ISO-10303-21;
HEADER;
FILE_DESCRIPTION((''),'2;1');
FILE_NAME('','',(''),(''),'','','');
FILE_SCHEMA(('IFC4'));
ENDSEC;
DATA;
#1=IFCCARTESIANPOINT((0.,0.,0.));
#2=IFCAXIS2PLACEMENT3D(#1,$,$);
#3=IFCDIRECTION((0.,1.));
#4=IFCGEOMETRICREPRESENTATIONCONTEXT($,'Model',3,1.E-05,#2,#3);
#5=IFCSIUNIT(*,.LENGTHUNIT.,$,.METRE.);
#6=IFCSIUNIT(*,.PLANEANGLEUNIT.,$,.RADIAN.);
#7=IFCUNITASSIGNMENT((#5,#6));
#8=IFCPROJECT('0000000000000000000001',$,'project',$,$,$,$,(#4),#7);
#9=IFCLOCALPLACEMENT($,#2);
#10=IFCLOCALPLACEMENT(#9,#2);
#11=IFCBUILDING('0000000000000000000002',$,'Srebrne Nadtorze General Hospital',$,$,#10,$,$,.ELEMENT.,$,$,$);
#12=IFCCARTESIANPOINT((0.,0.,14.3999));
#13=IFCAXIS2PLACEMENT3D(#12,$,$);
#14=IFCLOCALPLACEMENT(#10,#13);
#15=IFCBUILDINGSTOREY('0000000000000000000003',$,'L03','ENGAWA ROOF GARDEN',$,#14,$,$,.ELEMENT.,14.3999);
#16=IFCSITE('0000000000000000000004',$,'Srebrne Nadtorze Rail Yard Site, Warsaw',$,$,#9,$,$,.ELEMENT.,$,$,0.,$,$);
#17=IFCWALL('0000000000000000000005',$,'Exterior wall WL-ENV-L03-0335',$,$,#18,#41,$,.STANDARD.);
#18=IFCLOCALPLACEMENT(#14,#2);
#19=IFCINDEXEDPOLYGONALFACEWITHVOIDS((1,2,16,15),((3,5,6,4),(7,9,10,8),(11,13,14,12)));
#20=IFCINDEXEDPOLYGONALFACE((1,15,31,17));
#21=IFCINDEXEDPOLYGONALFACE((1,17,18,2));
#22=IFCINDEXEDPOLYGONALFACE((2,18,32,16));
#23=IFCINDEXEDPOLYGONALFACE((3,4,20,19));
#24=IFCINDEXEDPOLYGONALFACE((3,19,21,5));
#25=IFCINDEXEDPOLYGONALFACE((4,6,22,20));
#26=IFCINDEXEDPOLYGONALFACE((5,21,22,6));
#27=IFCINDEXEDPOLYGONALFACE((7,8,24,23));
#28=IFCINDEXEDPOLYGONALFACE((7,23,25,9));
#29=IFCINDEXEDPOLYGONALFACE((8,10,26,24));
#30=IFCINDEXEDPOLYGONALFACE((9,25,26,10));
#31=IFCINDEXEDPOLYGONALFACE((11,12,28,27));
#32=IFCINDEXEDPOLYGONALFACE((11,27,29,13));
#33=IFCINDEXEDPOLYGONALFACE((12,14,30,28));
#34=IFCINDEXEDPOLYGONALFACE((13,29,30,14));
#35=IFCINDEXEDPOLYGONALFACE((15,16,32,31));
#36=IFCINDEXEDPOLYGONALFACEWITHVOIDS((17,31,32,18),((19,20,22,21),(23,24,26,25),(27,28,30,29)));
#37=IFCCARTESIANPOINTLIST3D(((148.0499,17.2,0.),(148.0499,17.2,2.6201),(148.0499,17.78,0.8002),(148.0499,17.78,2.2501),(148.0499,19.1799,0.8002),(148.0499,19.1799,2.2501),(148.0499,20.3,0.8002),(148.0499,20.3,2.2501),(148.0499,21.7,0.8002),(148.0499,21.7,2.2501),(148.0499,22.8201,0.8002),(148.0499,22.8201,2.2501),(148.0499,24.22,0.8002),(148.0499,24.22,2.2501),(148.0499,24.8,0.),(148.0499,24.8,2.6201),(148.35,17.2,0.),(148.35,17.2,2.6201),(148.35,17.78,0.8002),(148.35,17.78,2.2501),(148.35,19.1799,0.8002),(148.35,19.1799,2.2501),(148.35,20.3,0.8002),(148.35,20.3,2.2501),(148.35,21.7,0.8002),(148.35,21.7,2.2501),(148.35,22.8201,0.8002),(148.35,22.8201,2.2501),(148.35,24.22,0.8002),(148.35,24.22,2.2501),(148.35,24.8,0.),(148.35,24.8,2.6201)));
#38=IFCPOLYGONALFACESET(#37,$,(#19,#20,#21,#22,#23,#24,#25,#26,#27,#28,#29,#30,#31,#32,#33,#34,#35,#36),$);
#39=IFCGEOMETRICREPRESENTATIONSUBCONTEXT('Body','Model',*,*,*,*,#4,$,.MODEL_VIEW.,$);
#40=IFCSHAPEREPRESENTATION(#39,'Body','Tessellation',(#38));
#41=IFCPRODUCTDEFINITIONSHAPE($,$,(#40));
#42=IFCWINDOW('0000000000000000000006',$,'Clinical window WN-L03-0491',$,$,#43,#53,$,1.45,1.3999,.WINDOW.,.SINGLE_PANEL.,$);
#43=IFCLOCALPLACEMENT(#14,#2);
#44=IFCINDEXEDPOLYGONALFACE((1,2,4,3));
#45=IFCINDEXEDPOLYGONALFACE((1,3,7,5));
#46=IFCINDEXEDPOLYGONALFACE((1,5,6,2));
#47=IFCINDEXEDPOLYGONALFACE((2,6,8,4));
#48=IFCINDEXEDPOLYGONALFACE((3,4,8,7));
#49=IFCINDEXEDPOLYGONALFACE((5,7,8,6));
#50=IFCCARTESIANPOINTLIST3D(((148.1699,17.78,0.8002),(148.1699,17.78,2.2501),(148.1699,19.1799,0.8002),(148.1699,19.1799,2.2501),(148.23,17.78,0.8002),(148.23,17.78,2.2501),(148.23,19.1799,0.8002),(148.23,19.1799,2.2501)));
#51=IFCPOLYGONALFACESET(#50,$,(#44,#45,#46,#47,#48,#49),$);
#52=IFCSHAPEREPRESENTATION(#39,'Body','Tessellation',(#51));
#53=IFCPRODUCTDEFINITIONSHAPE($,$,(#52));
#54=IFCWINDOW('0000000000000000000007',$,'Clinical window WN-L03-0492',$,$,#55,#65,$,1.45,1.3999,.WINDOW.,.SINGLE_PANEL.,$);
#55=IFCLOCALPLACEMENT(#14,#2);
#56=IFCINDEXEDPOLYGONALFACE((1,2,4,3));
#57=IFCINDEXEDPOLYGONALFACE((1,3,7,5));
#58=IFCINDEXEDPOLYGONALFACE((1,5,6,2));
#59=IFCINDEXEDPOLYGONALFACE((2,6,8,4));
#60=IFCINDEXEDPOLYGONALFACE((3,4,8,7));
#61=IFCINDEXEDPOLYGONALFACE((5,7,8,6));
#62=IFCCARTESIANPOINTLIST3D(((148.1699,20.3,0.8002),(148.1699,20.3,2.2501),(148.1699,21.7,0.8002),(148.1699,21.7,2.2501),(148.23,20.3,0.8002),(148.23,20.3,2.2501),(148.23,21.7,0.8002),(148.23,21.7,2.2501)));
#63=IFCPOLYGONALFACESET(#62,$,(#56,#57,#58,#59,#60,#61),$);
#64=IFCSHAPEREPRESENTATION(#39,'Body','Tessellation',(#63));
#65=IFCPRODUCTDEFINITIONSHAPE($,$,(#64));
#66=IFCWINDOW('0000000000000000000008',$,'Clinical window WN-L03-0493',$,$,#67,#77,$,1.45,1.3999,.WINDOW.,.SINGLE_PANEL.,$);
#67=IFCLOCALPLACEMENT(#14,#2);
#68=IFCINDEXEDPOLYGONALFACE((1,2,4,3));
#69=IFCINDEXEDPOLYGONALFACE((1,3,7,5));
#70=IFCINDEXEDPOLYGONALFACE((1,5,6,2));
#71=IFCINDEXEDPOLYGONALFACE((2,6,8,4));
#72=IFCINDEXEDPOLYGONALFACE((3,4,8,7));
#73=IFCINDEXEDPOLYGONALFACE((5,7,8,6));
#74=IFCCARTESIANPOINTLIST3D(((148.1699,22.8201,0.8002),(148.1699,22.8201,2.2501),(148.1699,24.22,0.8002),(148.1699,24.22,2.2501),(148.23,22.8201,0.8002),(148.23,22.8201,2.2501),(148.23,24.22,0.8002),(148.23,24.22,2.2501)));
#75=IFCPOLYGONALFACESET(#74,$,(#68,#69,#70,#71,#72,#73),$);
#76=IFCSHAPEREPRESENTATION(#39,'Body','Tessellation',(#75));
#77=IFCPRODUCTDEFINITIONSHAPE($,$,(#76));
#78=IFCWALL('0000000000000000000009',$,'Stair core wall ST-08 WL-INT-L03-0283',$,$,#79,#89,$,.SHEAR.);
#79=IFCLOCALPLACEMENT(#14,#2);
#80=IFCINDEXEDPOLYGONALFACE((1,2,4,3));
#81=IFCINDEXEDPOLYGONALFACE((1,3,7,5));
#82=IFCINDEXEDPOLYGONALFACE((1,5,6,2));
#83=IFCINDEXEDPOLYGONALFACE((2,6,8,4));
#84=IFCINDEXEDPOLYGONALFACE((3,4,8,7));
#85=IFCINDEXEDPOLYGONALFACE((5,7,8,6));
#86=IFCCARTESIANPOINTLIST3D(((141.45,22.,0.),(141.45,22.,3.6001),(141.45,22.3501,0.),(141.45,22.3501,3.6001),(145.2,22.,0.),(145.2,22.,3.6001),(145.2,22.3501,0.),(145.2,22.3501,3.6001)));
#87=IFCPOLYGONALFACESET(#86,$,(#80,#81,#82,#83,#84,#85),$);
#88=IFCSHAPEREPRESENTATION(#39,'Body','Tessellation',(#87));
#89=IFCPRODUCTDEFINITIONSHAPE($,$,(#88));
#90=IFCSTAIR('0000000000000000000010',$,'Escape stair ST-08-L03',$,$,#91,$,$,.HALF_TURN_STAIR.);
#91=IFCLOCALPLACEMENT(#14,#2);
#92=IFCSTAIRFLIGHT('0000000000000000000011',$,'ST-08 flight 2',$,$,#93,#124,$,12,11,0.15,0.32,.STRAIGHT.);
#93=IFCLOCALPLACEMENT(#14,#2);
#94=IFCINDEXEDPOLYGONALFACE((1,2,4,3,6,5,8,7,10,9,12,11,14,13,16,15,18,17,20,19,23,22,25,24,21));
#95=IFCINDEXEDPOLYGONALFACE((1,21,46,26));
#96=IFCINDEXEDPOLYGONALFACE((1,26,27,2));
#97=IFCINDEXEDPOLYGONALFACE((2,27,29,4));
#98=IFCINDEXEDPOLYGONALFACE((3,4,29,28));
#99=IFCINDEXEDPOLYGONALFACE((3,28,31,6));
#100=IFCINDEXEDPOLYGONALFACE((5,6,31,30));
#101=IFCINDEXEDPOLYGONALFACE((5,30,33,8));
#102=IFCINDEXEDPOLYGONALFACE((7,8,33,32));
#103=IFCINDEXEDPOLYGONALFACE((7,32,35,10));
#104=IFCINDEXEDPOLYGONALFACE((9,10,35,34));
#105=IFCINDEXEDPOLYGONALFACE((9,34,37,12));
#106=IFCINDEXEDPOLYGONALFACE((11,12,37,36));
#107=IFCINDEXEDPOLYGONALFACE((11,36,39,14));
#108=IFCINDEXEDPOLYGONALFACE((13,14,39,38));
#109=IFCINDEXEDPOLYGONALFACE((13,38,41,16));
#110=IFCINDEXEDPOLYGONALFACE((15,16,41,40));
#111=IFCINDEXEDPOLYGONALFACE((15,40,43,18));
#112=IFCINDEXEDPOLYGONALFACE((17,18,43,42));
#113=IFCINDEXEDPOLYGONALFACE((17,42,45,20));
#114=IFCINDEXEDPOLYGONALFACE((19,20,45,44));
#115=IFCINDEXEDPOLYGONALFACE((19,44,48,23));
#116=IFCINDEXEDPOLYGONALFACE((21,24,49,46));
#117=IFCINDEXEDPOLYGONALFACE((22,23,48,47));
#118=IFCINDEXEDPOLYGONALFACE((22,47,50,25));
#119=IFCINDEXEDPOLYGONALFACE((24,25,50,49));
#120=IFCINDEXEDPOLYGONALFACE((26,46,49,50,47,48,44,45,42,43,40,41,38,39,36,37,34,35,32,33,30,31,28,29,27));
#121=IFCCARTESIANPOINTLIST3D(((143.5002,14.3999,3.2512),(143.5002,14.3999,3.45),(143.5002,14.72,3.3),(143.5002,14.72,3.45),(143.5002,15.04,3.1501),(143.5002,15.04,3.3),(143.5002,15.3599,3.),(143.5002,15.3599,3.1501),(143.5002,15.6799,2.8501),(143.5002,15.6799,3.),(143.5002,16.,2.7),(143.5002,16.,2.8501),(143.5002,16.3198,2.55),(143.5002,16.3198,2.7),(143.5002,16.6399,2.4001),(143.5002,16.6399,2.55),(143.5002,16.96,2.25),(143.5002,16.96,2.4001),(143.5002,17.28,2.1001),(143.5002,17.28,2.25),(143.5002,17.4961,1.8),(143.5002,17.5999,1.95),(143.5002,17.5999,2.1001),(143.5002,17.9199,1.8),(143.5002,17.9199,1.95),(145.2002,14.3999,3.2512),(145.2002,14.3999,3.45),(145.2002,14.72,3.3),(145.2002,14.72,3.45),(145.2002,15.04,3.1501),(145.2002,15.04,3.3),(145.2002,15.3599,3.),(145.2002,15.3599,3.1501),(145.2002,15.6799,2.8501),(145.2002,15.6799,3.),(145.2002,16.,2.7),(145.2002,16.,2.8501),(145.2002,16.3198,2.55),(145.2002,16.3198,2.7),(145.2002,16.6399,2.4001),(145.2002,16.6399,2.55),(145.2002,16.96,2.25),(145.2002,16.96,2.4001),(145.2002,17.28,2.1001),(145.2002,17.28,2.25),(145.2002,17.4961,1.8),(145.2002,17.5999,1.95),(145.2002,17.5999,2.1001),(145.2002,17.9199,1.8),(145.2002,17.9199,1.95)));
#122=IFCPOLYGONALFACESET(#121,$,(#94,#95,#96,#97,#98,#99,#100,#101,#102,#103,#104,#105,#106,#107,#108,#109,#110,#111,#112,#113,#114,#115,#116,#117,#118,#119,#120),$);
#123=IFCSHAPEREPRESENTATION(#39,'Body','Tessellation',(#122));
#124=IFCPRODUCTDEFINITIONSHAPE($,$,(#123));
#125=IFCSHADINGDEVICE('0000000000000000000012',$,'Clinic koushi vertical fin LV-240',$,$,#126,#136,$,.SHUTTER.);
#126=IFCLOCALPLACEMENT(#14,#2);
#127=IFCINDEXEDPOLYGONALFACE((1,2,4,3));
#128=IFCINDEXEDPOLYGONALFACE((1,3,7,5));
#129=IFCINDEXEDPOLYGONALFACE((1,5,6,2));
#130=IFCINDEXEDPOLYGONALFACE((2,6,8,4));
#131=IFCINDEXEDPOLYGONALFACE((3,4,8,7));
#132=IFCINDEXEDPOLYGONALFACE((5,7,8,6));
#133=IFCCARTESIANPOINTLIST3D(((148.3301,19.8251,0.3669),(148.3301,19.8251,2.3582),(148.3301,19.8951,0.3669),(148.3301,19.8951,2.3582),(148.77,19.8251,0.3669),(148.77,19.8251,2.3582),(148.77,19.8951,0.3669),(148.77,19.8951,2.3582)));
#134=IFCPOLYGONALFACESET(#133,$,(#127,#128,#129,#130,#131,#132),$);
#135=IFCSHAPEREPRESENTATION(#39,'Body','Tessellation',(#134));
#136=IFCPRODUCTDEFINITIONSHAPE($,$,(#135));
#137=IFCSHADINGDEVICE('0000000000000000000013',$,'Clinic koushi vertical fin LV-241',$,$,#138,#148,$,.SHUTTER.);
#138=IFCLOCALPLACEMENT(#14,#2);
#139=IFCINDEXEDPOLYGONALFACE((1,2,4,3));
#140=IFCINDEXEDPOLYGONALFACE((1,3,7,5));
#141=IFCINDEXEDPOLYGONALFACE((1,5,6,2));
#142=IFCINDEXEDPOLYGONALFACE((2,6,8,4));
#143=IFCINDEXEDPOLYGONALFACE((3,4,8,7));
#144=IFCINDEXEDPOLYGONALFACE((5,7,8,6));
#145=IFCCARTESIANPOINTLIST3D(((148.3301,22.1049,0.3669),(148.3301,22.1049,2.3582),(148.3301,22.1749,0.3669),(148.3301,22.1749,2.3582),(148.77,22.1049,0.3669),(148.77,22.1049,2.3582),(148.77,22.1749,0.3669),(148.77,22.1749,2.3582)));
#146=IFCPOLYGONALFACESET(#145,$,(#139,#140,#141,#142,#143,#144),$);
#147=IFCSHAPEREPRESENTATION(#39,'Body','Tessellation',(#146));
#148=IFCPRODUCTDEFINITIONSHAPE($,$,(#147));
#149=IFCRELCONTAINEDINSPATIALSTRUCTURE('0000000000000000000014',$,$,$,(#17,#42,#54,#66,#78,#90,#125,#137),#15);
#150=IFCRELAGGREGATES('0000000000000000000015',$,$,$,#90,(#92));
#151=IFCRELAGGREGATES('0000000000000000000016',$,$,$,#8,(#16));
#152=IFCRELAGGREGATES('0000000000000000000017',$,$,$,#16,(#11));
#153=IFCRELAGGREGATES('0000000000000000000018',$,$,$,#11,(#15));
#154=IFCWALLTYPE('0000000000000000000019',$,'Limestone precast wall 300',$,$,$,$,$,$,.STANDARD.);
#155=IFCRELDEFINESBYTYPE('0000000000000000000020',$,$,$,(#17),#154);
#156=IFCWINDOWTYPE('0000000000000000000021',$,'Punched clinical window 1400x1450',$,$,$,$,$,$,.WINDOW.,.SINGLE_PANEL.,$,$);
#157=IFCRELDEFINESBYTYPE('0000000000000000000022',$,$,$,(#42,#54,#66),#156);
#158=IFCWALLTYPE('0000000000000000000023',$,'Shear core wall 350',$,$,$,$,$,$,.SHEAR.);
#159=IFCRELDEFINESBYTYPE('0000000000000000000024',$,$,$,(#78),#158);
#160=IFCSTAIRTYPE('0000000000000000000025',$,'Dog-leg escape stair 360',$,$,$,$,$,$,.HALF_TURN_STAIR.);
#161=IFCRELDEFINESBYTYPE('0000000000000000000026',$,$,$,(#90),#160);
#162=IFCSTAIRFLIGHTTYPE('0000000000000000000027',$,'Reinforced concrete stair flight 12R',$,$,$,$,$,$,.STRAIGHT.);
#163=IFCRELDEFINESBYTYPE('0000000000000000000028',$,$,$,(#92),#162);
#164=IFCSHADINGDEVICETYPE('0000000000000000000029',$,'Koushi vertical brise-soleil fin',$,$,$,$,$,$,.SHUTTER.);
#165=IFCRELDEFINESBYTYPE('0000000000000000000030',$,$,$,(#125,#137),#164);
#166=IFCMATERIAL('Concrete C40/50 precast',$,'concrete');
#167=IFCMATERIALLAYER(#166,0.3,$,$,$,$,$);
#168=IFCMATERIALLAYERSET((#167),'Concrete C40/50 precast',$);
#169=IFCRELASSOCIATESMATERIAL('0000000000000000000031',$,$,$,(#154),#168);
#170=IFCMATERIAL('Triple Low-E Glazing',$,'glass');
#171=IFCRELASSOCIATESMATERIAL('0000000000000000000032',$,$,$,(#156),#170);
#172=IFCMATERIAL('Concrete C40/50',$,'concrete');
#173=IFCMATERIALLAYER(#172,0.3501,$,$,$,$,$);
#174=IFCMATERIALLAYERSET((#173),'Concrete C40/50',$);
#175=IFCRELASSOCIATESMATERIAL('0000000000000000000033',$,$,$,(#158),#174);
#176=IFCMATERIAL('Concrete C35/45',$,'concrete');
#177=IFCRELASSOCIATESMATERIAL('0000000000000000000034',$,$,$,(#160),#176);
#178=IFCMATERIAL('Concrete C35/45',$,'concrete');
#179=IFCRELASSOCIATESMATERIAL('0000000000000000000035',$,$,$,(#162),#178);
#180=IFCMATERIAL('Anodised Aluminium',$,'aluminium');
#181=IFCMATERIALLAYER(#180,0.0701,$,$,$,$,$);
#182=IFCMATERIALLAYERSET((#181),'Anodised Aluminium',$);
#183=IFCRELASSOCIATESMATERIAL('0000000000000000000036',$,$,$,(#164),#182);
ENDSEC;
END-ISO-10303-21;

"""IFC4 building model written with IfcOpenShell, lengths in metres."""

from ifc_helpers import new_model, si_unit, direction, frame, frame_2d, origin, origin_2d, place, context, subcontext, project, spatial, polyline, rectangle, outline, extrude, material, layer, layer_set, type_object, element, fill, aggregate, save


model = new_model("IFC4")

# Units and contexts
model_context = context("Model", 3, precision=1e-05, world=origin(), true_north=direction((0.0, 1.0)))
body_context = subcontext(model_context, "Body", "Model", "MODEL_VIEW")
ifc_project = project(units=[si_unit("LENGTHUNIT", "METRE"), si_unit("PLANEANGLEUNIT", "RADIAN")], contexts=[model_context])

# Site, building, storey
site_placement = place(None, origin())
site = spatial("IfcSite", under=ifc_project, at=site_placement, Name="Srebrne Nadtorze Rail Yard Site, Warsaw", CompositionType="ELEMENT", RefElevation=0.0)
building_placement = place(site_placement, origin())
building = spatial("IfcBuilding", under=site, at=building_placement, Name="Srebrne Nadtorze General Hospital", CompositionType="ELEMENT")
storey_placement = place(building_placement, frame((0.0, 0.0, 14.3999)))
storey = spatial("IfcBuildingStorey", under=building, at=storey_placement, Name="L03", Description="ENGAWA ROOF GARDEN", CompositionType="ELEMENT", Elevation=14.3999)

# Wall, openings, windows
ifc_material_1 = material(Name="Concrete C40/50 precast", Category="concrete")
ifc_layer_1 = layer(ifc_material_1, 0.3)
ifc_layer_set_1 = layer_set([ifc_layer_1], Name="Concrete C40/50 precast")
wall_type_1 = type_object("IfcWallType", Name="Limestone precast wall 300", PredefinedType="STANDARD", material=ifc_layer_set_1)
wall_1_placement = place(storey_placement, frame((148.2, 17.2, 0.0), z_axis=(0.0, 0.0, 1.0), x_axis=(0.0, 1.0, 0.0)))
wall_1 = element("IfcWall", 1, at=wall_1_placement, inside=storey, type_object=wall_type_1, Name="Exterior wall WL-ENV-L03-0335", PredefinedType="STANDARD", context=body_context, shape_type="SweptSolid", body=[
    extrude(rectangle(XDim=7.6001, YDim=0.3, at=frame_2d((3.8, 0.0))), origin(), (0.0, 0.0, 1.0), 2.6201),
])
opening_1_placement = place(wall_1_placement, frame((0.5801, 0.0, 0.8)))
opening_1 = element("IfcOpeningElement", 2, at=opening_1_placement, cuts=wall_1, PredefinedType="OPENING", context=body_context, shape_type="SweptSolid", body=[
    extrude(rectangle(XDim=1.3999, YDim=1.45, at=frame_2d((0.7, 0.7251))), frame((0.0, 0.1621, 0.0), z_axis=(0.0, -1.0, 0.0), x_axis=(1.0, 0.0, 0.0)), (0.0, 0.0, 1.0), 0.324),
])
opening_2_placement = place(wall_1_placement, frame((3.1001, 0.0, 0.8)))
opening_2 = element("IfcOpeningElement", 3, at=opening_2_placement, cuts=wall_1, PredefinedType="OPENING", context=body_context, shape_type="SweptSolid", body=[
    extrude(rectangle(XDim=1.3999, YDim=1.45, at=frame_2d((0.7, 0.7251))), frame((0.0, 0.1621, 0.0), z_axis=(0.0, -1.0, 0.0), x_axis=(1.0, 0.0, 0.0)), (0.0, 0.0, 1.0), 0.324),
])
opening_3_placement = place(wall_1_placement, frame((5.6201, 0.0, 0.8)))
opening_3 = element("IfcOpeningElement", 4, at=opening_3_placement, cuts=wall_1, PredefinedType="OPENING", context=body_context, shape_type="SweptSolid", body=[
    extrude(rectangle(XDim=1.3999, YDim=1.45, at=frame_2d((0.7, 0.7251))), frame((0.0, 0.1621, 0.0), z_axis=(0.0, -1.0, 0.0), x_axis=(1.0, 0.0, 0.0)), (0.0, 0.0, 1.0), 0.324),
])
ifc_material_2 = material(Name="Triple Low-E Glazing", Category="glass")
window_type = type_object("IfcWindowType", Name="Punched clinical window 1400x1450", PartitioningType="SINGLE_PANEL", PredefinedType="WINDOW", material=ifc_material_2)
window_1_placement = place(opening_1_placement, origin())
window_1 = element("IfcWindow", 5, at=window_1_placement, inside=storey, type_object=window_type, Name="Clinical window WN-L03-0491", OverallHeight=1.45, OverallWidth=1.3999, PartitioningType="SINGLE_PANEL", PredefinedType="WINDOW", context=body_context, shape_type="SweptSolid", body=[
    extrude(rectangle(XDim=1.3999, YDim=1.45, at=frame_2d((0.7, 0.7251))), frame((0.0, 0.03, 0.0), z_axis=(0.0, -1.0, 0.0), x_axis=(1.0, 0.0, 0.0)), (0.0, 0.0, 1.0), 0.0601),
])
fill(opening_1, window_1)
window_2_placement = place(opening_2_placement, origin())
window_2 = element("IfcWindow", 6, at=window_2_placement, inside=storey, type_object=window_type, Name="Clinical window WN-L03-0492", OverallHeight=1.45, OverallWidth=1.3999, PartitioningType="SINGLE_PANEL", PredefinedType="WINDOW", context=body_context, shape_type="SweptSolid", body=[
    extrude(rectangle(XDim=1.3999, YDim=1.45, at=frame_2d((0.7, 0.7251))), frame((0.0, 0.03, 0.0), z_axis=(0.0, -1.0, 0.0), x_axis=(1.0, 0.0, 0.0)), (0.0, 0.0, 1.0), 0.0601),
])
fill(opening_2, window_2)
window_3_placement = place(opening_3_placement, origin())
window_3 = element("IfcWindow", 7, at=window_3_placement, inside=storey, type_object=window_type, Name="Clinical window WN-L03-0493", OverallHeight=1.45, OverallWidth=1.3999, PartitioningType="SINGLE_PANEL", PredefinedType="WINDOW", context=body_context, shape_type="SweptSolid", body=[
    extrude(rectangle(XDim=1.3999, YDim=1.45, at=frame_2d((0.7, 0.7251))), frame((0.0, 0.03, 0.0), z_axis=(0.0, -1.0, 0.0), x_axis=(1.0, 0.0, 0.0)), (0.0, 0.0, 1.0), 0.0601),
])
fill(opening_3, window_3)

# Wall
ifc_material_3 = material(Name="Concrete C40/50", Category="concrete")
ifc_layer_2 = layer(ifc_material_3, 0.3501)
ifc_layer_set_2 = layer_set([ifc_layer_2], Name="Concrete C40/50")
wall_type_2 = type_object("IfcWallType", Name="Shear core wall 350", PredefinedType="SHEAR", material=ifc_layer_set_2)
wall_2_placement = place(storey_placement, frame((141.45, 22.175, 0.0), z_axis=(0.0, 0.0, 1.0), x_axis=(1.0, 0.0, 0.0)))
element("IfcWall", 8, at=wall_2_placement, inside=storey, type_object=wall_type_2, Name="Stair core wall ST-08 WL-INT-L03-0283", PredefinedType="SHEAR", context=body_context, shape_type="SweptSolid", body=[
    extrude(rectangle(XDim=3.75, YDim=0.3501, at=frame_2d((1.875, 0.0))), origin(), (0.0, 0.0, 1.0), 3.6001),
])

# Stair, stair flight
ifc_material_4 = material(Name="Concrete C35/45", Category="concrete")
stair_type = type_object("IfcStairType", Name="Dog-leg escape stair 360", PredefinedType="HALF_TURN_STAIR", material=ifc_material_4)
stair_placement = place(storey_placement, origin())
stair = element("IfcStair", 9, at=stair_placement, inside=storey, type_object=stair_type, Name="Escape stair ST-08-L03", PredefinedType="HALF_TURN_STAIR")
ifc_material_5 = material(Name="Concrete C35/45", Category="concrete")
stair_flight_type = type_object("IfcStairFlightType", Name="Reinforced concrete stair flight 12R", PredefinedType="STRAIGHT", material=ifc_material_5)
stair_flight_placement = place(storey_placement, frame((144.3501, 17.9199, 1.8), z_axis=(0.0, 0.0, 1.0), x_axis=(0.0, -1.0, 0.0)))
stair_flight = element("IfcStairFlight", 10, at=stair_flight_placement, type_object=stair_flight_type, Name="ST-08 flight 2", NumberOfRisers=12, NumberOfTreads=11, PredefinedType="STRAIGHT", RiserHeight=0.15, TreadLength=0.32, context=body_context, shape_type="SweptSolid", body=[
    extrude(outline(polyline([(0.0, 0.0), (0.0, 0.1499), (0.3201, 0.1499), (0.3201, 0.3), (0.6399, 0.3), (0.6399, 0.45), (0.96, 0.45), (0.96, 0.6001), (1.28, 0.6001), (1.28, 0.75), (1.6001, 0.75), (1.6001, 0.8999), (1.9199, 0.8999), (1.9199, 1.05), (2.24, 1.05), (2.24, 1.2), (2.5601, 1.2), (2.5601, 1.3501), (2.8799, 1.3501), (2.8799, 1.5), (3.2, 1.5), (3.2, 1.6499), (3.52, 1.6499), (3.52, 1.8), (3.52, 1.4512), (0.4238, 0.0), (0.0, 0.0)])), frame((0.0, 0.8501, 0.0), z_axis=(0.0, -1.0, 0.0), x_axis=(1.0, 0.0, 0.0)), (0.0, 0.0, 1.0), 1.7),
])
aggregate(stair, [stair_flight])

# Shading devices
ifc_material_6 = material(Name="Anodised Aluminium", Category="aluminium")
ifc_layer_3 = layer(ifc_material_6, 0.0701)
ifc_layer_set_3 = layer_set([ifc_layer_3], Name="Anodised Aluminium")
shading_device_type = type_object("IfcShadingDeviceType", Name="Koushi vertical brise-soleil fin", PredefinedType="SHUTTER", material=ifc_layer_set_3)
for number, where, z_axis, x_axis, name in (
    (11, (148.55, 19.8601, 0.3669), (0.0, 0.0, 1.0), (1.0, 0.0, 0.0), "Clinic koushi vertical fin LV-240"),
    (12, (148.55, 22.1399, 0.3669), (0.0, 0.0, 1.0), (1.0, 0.0, 0.0), "Clinic koushi vertical fin LV-241"),
):
    element("IfcShadingDevice", number, at=place(storey_placement, frame(where, z_axis=z_axis, x_axis=x_axis)), inside=storey, type_object=shading_device_type, Name=name, PredefinedType="SHUTTER", context=body_context, shape_type="SweptSolid", body=[
        extrude(rectangle(XDim=0.4399, YDim=0.0701, at=origin_2d()), origin(), (0.0, 0.0, 1.0), 1.9912),
    ])

save(model, "model.ifc")
